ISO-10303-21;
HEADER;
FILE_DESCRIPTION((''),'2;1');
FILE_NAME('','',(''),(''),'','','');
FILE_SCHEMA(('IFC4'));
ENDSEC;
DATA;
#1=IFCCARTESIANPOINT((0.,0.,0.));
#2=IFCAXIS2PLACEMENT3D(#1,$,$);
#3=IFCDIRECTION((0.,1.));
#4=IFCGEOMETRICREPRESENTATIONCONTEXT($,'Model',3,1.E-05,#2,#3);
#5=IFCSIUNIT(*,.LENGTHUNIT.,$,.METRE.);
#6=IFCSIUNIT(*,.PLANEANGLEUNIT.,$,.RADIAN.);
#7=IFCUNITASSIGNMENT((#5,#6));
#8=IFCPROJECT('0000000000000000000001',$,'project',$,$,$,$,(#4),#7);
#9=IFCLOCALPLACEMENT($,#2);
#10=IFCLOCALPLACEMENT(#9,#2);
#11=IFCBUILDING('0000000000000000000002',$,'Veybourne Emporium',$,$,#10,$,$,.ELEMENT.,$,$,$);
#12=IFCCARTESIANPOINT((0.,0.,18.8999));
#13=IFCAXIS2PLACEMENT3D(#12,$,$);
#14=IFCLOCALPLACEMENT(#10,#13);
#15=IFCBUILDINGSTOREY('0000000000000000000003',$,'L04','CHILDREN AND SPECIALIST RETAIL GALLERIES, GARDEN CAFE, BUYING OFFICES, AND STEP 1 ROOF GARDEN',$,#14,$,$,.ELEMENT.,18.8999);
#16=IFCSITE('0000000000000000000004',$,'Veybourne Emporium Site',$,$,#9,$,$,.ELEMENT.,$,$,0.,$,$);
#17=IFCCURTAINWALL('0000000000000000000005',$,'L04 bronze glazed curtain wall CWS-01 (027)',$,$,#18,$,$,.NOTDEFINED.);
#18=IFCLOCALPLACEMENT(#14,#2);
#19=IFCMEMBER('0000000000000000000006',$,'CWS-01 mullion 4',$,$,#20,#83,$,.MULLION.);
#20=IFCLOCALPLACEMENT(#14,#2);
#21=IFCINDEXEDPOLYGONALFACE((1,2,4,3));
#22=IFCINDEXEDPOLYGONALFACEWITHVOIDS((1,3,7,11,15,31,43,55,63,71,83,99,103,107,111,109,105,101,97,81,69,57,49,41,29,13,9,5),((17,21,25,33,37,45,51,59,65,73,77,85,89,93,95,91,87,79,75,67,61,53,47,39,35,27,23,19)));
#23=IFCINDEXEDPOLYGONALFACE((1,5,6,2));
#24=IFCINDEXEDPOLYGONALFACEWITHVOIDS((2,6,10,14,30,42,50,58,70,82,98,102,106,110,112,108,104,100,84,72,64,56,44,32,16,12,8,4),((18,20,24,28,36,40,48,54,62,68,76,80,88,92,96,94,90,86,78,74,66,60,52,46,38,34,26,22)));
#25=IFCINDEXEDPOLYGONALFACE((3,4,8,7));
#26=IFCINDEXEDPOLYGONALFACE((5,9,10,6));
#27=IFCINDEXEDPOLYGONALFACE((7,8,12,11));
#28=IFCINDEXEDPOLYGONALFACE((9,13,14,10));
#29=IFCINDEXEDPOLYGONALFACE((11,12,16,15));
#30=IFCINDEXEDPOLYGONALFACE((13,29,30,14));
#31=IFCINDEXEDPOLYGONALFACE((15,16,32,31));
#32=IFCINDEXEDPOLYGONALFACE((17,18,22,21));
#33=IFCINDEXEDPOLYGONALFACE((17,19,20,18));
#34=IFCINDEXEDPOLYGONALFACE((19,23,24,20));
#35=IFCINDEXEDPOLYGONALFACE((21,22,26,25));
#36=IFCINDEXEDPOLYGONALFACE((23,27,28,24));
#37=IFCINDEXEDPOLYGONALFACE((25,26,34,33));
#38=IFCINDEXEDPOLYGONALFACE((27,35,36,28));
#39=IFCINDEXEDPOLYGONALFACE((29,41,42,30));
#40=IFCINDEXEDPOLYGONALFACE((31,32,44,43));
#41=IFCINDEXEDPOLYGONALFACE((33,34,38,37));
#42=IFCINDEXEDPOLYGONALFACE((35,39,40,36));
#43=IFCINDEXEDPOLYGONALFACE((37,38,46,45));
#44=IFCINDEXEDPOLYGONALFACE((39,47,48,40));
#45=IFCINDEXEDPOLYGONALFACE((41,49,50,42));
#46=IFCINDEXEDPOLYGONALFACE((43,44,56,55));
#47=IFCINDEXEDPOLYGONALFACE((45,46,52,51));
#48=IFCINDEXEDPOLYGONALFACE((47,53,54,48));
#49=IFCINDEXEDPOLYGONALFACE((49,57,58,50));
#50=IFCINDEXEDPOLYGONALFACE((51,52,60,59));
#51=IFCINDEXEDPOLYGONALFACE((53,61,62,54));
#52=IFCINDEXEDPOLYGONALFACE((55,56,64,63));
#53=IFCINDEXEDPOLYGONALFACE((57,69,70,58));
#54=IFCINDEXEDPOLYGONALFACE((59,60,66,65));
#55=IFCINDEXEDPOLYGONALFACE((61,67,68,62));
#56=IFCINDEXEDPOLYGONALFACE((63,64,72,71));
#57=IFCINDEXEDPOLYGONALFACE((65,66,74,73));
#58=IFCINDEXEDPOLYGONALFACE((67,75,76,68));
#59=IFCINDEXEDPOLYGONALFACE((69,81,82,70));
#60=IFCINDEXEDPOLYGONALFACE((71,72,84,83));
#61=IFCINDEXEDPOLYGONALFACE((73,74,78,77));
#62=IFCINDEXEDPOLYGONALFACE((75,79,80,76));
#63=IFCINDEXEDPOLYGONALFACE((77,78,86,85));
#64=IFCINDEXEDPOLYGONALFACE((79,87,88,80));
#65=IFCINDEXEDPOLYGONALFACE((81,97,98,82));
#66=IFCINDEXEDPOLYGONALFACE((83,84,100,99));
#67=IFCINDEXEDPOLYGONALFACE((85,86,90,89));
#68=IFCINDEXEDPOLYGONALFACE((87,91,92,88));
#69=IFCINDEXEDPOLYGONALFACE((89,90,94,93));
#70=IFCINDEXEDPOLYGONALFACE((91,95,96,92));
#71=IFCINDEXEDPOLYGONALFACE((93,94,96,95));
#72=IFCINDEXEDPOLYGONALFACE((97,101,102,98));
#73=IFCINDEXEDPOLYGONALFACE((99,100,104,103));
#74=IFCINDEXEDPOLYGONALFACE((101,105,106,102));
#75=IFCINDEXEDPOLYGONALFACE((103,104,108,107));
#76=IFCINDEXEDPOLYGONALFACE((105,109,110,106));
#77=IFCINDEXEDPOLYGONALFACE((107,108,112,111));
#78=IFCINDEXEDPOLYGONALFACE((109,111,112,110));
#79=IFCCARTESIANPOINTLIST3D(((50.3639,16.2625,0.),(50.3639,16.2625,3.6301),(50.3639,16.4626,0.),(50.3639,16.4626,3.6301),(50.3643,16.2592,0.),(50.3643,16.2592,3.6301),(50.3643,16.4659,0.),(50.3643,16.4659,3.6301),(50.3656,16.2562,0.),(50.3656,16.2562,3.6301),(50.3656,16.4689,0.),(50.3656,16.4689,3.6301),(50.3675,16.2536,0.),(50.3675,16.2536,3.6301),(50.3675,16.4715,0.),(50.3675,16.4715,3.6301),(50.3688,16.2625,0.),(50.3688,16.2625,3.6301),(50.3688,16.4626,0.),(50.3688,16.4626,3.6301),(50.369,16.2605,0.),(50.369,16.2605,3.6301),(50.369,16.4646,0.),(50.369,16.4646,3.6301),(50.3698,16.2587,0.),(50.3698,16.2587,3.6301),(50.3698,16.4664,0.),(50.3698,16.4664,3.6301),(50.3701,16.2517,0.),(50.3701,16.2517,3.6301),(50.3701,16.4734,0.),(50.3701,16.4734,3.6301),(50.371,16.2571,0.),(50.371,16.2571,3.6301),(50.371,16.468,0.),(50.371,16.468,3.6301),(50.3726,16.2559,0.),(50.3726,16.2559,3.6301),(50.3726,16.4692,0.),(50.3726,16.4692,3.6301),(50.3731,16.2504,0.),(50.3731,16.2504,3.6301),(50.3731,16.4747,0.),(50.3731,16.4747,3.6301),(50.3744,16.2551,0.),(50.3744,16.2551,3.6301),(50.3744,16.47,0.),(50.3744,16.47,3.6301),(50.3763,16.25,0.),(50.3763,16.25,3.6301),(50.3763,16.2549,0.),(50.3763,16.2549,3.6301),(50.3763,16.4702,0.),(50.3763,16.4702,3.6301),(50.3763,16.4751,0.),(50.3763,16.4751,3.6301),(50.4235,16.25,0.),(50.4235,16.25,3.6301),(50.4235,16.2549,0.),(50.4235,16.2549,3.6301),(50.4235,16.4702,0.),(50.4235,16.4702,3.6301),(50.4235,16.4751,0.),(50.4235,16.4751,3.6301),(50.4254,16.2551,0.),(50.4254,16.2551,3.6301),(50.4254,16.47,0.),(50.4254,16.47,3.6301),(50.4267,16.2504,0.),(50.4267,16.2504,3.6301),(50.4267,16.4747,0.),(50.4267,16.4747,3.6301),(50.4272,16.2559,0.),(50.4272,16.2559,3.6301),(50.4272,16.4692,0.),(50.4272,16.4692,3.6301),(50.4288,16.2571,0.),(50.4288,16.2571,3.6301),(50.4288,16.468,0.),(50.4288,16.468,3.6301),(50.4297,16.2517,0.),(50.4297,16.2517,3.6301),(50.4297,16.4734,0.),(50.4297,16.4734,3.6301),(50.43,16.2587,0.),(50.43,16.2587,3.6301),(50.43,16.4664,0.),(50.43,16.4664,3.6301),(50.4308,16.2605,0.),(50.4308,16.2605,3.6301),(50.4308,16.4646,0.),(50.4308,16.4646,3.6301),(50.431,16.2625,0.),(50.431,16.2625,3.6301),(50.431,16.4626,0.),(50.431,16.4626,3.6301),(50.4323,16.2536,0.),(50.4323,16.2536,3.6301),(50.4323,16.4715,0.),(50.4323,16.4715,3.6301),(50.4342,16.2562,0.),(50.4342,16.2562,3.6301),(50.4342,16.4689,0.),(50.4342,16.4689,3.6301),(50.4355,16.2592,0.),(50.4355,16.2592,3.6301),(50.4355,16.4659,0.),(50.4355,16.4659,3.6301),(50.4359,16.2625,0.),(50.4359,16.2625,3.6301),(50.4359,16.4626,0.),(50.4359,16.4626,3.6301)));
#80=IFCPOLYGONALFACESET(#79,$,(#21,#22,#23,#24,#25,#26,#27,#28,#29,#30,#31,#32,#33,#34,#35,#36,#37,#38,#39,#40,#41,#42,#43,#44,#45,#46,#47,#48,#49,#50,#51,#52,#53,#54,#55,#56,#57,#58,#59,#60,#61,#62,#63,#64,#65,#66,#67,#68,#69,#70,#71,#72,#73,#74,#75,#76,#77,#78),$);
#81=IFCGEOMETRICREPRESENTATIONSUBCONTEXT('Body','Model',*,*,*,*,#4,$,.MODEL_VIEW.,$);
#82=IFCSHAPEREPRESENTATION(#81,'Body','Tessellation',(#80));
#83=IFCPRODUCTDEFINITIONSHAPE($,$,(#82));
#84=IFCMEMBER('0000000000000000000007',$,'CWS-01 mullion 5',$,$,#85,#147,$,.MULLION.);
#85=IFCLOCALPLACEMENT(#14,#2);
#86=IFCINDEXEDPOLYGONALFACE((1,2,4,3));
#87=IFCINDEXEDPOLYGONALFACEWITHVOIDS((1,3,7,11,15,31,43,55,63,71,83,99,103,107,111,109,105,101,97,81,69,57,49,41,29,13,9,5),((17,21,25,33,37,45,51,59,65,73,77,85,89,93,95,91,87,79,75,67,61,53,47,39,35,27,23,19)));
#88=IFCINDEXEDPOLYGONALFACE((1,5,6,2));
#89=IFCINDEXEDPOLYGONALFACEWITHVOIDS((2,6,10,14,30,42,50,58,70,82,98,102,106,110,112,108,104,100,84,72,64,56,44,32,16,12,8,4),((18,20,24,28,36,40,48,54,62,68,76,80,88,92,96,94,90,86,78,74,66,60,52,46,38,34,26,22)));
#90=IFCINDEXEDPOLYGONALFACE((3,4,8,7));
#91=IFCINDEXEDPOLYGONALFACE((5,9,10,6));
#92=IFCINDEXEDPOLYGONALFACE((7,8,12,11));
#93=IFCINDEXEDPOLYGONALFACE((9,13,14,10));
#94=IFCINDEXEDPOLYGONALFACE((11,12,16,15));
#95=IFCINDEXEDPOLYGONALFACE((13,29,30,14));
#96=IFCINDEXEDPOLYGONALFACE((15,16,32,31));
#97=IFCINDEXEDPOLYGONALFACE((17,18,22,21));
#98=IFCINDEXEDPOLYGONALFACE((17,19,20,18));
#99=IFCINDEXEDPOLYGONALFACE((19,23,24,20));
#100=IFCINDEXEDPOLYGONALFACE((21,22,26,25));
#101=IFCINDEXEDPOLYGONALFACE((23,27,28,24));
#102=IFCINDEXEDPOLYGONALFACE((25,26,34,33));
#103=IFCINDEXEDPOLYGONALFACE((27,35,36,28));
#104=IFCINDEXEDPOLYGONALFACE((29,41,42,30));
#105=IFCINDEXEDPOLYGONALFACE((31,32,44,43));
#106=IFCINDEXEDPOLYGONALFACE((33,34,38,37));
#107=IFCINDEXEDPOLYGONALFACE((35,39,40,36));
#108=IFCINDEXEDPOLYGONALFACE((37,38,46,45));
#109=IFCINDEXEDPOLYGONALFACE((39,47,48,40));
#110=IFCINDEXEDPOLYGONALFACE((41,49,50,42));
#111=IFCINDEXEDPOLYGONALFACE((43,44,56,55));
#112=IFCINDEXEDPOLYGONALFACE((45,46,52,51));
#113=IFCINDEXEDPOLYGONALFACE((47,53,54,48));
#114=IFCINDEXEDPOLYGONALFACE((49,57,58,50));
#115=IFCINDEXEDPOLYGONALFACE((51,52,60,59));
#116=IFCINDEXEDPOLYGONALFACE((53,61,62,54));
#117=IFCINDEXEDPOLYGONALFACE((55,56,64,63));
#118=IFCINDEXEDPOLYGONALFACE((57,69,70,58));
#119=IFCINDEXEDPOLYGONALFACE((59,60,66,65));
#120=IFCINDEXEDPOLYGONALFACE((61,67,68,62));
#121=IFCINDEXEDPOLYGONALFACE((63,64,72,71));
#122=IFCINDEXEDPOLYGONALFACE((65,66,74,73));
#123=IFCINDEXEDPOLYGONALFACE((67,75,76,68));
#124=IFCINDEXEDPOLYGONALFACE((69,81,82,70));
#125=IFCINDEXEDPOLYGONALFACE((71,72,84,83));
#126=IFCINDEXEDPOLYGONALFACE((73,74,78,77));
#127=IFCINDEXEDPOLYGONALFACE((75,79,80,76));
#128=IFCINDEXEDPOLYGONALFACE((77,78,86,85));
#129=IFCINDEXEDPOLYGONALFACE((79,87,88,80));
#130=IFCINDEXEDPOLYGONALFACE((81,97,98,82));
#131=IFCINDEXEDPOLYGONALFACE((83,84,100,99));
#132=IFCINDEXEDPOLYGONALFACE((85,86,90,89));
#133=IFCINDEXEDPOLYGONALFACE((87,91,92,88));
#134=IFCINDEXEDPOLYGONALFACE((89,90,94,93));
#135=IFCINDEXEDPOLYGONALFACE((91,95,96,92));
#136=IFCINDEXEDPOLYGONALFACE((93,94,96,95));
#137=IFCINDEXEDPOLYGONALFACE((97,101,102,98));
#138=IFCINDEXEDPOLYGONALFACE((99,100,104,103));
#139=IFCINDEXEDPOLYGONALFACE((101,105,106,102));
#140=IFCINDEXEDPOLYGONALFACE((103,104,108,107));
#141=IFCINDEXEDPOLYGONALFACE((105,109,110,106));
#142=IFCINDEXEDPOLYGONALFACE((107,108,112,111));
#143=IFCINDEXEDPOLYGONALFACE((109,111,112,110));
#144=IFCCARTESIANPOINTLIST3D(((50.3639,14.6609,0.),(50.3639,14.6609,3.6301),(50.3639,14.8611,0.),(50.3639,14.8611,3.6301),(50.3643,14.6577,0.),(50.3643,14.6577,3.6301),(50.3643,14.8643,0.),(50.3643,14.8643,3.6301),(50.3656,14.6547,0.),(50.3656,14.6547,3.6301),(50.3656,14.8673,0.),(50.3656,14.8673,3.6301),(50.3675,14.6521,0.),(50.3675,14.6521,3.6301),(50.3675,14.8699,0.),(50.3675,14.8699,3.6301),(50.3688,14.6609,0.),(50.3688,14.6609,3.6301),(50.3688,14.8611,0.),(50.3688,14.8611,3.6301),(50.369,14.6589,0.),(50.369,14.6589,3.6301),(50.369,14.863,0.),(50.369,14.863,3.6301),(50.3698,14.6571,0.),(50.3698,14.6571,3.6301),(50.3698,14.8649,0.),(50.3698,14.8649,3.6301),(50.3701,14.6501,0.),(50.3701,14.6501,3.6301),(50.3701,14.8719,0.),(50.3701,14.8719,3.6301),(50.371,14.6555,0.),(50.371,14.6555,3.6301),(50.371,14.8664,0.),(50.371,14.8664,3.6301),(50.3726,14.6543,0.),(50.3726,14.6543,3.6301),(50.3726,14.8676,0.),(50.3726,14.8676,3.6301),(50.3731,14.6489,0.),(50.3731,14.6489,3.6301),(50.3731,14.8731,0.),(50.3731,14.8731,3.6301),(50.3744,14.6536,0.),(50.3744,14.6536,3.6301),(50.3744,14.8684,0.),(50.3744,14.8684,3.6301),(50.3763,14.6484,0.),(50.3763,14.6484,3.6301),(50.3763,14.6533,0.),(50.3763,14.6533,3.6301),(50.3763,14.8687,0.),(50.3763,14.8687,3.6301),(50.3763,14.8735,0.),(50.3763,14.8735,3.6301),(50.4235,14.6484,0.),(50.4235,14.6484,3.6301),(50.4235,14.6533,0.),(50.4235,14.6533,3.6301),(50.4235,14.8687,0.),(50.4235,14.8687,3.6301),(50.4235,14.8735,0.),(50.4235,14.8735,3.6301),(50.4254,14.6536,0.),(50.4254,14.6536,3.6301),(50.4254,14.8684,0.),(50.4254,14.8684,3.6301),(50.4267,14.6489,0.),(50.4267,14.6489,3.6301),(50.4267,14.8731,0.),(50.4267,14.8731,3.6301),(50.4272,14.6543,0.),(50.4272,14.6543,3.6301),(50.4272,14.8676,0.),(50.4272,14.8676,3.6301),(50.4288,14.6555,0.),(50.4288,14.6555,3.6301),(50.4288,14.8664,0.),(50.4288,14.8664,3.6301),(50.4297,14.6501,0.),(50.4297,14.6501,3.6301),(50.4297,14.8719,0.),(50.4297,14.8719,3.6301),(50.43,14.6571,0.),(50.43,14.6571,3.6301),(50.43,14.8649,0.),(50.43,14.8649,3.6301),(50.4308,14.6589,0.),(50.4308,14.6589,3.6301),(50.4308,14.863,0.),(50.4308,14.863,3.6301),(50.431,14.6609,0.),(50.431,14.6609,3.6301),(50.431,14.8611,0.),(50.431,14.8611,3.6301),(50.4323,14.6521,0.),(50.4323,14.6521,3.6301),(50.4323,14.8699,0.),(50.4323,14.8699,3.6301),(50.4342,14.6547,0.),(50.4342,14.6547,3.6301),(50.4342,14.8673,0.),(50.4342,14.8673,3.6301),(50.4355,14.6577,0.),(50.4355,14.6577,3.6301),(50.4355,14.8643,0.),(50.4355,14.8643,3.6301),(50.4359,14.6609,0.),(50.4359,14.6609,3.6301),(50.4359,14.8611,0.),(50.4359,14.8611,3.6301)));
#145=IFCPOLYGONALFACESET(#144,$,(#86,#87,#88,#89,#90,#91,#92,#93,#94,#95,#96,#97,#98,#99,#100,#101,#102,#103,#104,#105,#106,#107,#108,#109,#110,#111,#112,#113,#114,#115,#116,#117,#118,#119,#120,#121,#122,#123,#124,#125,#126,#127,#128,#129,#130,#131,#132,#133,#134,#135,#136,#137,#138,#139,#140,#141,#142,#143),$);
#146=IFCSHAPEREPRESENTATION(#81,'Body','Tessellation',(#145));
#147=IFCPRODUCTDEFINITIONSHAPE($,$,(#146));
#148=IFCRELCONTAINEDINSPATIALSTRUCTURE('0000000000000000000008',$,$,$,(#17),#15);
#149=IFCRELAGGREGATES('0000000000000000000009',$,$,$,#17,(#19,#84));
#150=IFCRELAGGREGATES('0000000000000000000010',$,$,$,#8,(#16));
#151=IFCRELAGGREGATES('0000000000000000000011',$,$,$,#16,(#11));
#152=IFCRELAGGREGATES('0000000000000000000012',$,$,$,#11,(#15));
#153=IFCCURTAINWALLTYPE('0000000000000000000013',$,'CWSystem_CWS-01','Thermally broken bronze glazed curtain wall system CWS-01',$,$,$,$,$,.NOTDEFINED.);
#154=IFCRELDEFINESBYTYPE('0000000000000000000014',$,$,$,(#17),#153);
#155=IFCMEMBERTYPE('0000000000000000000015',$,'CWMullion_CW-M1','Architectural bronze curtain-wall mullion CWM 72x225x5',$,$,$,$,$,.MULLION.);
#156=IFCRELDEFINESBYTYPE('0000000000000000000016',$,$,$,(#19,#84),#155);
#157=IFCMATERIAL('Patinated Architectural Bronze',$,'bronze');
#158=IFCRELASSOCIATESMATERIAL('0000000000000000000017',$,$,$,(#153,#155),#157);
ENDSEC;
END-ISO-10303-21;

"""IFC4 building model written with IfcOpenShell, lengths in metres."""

from ifc_helpers import new_model, si_unit, direction, frame, origin, origin_2d, place, context, subcontext, project, spatial, hollow_rectangle, extrude, material, material_profile, profile_set, type_object, element, aggregate, save


model = new_model("IFC4")

# Units and contexts
model_context = context("Model", 3, precision=1e-05, world=origin(), true_north=direction((0.0, 1.0)))
body_context = subcontext(model_context, "Body", "Model", "MODEL_VIEW")
ifc_project = project(units=[si_unit("LENGTHUNIT", "METRE"), si_unit("PLANEANGLEUNIT", "RADIAN")], contexts=[model_context])

# Site, building, storey
site_placement = place(None, origin())
site = spatial("IfcSite", under=ifc_project, at=site_placement, Name="Veybourne Emporium Site", CompositionType="ELEMENT", RefElevation=0.0)
building_placement = place(site_placement, origin())
building = spatial("IfcBuilding", under=site, at=building_placement, Name="Veybourne Emporium", CompositionType="ELEMENT")
storey_placement = place(building_placement, frame((0.0, 0.0, 18.8999)))
storey = spatial("IfcBuildingStorey", under=building, at=storey_placement, Name="L04", Description="CHILDREN AND SPECIALIST RETAIL GALLERIES, GARDEN CAFE, BUYING OFFICES, AND STEP 1 ROOF GARDEN", CompositionType="ELEMENT", Elevation=18.8999)

# Curtain wall, members
ifc_material_1 = material(Name="Patinated Architectural Bronze", Category="bronze")
curtain_wall_type = type_object("IfcCurtainWallType", Name="CWSystem_CWS-01", Description="Thermally broken bronze glazed curtain wall system CWS-01", PredefinedType="NOTDEFINED", material=ifc_material_1)
curtain_wall_placement = place(storey_placement, origin())
curtain_wall = element("IfcCurtainWall", 1, at=curtain_wall_placement, inside=storey, type_object=curtain_wall_type, Name="L04 bronze glazed curtain wall CWS-01 (027)", PredefinedType="NOTDEFINED")
ifc_material_profile_1 = material_profile(ifc_material_1, hollow_rectangle(XDim=0.072, YDim=0.2251, WallThickness=0.0049, InnerFilletRadius=0.0076, OuterFilletRadius=0.0125, at=origin_2d()), Name="CWM 72x225x5")
ifc_profile_set_1 = profile_set([ifc_material_profile_1], Name="Patinated Architectural Bronze")
member_type_1 = type_object("IfcMemberType", Name="CWMullion_CW-M1", Description="Architectural bronze curtain-wall mullion CWM 72x225x5", PredefinedType="MULLION", material=ifc_profile_set_1)
member_1_placement = place(storey_placement, frame((50.3999, 16.3625, 0.0), z_axis=(0.0, 0.0, 1.0), x_axis=(1.0, 0.0, 0.0)))
member_1 = element("IfcMember", 2, at=member_1_placement, type_object=member_type_1, Name="CWS-01 mullion 4", PredefinedType="MULLION", context=body_context, shape_type="SweptSolid", body=[
    extrude(hollow_rectangle(XDim=0.072, YDim=0.2251, WallThickness=0.0049, InnerFilletRadius=0.0076, OuterFilletRadius=0.0125, at=origin_2d()), origin(), (0.0, 0.0, 1.0), 3.6301),
])
member_2_placement = place(storey_placement, frame((50.3999, 14.761, 0.0), z_axis=(0.0, 0.0, 1.0), x_axis=(1.0, 0.0, 0.0)))
member_2 = element("IfcMember", 3, at=member_2_placement, type_object=member_type_1, Name="CWS-01 mullion 5", PredefinedType="MULLION", context=body_context, shape_type="SweptSolid", body=[
    extrude(hollow_rectangle(XDim=0.072, YDim=0.2251, WallThickness=0.0049, InnerFilletRadius=0.0076, OuterFilletRadius=0.0125, at=origin_2d()), origin(), (0.0, 0.0, 1.0), 3.6301),
])
aggregate(curtain_wall, [member_1, member_2])

save(model, "model.ifc")
